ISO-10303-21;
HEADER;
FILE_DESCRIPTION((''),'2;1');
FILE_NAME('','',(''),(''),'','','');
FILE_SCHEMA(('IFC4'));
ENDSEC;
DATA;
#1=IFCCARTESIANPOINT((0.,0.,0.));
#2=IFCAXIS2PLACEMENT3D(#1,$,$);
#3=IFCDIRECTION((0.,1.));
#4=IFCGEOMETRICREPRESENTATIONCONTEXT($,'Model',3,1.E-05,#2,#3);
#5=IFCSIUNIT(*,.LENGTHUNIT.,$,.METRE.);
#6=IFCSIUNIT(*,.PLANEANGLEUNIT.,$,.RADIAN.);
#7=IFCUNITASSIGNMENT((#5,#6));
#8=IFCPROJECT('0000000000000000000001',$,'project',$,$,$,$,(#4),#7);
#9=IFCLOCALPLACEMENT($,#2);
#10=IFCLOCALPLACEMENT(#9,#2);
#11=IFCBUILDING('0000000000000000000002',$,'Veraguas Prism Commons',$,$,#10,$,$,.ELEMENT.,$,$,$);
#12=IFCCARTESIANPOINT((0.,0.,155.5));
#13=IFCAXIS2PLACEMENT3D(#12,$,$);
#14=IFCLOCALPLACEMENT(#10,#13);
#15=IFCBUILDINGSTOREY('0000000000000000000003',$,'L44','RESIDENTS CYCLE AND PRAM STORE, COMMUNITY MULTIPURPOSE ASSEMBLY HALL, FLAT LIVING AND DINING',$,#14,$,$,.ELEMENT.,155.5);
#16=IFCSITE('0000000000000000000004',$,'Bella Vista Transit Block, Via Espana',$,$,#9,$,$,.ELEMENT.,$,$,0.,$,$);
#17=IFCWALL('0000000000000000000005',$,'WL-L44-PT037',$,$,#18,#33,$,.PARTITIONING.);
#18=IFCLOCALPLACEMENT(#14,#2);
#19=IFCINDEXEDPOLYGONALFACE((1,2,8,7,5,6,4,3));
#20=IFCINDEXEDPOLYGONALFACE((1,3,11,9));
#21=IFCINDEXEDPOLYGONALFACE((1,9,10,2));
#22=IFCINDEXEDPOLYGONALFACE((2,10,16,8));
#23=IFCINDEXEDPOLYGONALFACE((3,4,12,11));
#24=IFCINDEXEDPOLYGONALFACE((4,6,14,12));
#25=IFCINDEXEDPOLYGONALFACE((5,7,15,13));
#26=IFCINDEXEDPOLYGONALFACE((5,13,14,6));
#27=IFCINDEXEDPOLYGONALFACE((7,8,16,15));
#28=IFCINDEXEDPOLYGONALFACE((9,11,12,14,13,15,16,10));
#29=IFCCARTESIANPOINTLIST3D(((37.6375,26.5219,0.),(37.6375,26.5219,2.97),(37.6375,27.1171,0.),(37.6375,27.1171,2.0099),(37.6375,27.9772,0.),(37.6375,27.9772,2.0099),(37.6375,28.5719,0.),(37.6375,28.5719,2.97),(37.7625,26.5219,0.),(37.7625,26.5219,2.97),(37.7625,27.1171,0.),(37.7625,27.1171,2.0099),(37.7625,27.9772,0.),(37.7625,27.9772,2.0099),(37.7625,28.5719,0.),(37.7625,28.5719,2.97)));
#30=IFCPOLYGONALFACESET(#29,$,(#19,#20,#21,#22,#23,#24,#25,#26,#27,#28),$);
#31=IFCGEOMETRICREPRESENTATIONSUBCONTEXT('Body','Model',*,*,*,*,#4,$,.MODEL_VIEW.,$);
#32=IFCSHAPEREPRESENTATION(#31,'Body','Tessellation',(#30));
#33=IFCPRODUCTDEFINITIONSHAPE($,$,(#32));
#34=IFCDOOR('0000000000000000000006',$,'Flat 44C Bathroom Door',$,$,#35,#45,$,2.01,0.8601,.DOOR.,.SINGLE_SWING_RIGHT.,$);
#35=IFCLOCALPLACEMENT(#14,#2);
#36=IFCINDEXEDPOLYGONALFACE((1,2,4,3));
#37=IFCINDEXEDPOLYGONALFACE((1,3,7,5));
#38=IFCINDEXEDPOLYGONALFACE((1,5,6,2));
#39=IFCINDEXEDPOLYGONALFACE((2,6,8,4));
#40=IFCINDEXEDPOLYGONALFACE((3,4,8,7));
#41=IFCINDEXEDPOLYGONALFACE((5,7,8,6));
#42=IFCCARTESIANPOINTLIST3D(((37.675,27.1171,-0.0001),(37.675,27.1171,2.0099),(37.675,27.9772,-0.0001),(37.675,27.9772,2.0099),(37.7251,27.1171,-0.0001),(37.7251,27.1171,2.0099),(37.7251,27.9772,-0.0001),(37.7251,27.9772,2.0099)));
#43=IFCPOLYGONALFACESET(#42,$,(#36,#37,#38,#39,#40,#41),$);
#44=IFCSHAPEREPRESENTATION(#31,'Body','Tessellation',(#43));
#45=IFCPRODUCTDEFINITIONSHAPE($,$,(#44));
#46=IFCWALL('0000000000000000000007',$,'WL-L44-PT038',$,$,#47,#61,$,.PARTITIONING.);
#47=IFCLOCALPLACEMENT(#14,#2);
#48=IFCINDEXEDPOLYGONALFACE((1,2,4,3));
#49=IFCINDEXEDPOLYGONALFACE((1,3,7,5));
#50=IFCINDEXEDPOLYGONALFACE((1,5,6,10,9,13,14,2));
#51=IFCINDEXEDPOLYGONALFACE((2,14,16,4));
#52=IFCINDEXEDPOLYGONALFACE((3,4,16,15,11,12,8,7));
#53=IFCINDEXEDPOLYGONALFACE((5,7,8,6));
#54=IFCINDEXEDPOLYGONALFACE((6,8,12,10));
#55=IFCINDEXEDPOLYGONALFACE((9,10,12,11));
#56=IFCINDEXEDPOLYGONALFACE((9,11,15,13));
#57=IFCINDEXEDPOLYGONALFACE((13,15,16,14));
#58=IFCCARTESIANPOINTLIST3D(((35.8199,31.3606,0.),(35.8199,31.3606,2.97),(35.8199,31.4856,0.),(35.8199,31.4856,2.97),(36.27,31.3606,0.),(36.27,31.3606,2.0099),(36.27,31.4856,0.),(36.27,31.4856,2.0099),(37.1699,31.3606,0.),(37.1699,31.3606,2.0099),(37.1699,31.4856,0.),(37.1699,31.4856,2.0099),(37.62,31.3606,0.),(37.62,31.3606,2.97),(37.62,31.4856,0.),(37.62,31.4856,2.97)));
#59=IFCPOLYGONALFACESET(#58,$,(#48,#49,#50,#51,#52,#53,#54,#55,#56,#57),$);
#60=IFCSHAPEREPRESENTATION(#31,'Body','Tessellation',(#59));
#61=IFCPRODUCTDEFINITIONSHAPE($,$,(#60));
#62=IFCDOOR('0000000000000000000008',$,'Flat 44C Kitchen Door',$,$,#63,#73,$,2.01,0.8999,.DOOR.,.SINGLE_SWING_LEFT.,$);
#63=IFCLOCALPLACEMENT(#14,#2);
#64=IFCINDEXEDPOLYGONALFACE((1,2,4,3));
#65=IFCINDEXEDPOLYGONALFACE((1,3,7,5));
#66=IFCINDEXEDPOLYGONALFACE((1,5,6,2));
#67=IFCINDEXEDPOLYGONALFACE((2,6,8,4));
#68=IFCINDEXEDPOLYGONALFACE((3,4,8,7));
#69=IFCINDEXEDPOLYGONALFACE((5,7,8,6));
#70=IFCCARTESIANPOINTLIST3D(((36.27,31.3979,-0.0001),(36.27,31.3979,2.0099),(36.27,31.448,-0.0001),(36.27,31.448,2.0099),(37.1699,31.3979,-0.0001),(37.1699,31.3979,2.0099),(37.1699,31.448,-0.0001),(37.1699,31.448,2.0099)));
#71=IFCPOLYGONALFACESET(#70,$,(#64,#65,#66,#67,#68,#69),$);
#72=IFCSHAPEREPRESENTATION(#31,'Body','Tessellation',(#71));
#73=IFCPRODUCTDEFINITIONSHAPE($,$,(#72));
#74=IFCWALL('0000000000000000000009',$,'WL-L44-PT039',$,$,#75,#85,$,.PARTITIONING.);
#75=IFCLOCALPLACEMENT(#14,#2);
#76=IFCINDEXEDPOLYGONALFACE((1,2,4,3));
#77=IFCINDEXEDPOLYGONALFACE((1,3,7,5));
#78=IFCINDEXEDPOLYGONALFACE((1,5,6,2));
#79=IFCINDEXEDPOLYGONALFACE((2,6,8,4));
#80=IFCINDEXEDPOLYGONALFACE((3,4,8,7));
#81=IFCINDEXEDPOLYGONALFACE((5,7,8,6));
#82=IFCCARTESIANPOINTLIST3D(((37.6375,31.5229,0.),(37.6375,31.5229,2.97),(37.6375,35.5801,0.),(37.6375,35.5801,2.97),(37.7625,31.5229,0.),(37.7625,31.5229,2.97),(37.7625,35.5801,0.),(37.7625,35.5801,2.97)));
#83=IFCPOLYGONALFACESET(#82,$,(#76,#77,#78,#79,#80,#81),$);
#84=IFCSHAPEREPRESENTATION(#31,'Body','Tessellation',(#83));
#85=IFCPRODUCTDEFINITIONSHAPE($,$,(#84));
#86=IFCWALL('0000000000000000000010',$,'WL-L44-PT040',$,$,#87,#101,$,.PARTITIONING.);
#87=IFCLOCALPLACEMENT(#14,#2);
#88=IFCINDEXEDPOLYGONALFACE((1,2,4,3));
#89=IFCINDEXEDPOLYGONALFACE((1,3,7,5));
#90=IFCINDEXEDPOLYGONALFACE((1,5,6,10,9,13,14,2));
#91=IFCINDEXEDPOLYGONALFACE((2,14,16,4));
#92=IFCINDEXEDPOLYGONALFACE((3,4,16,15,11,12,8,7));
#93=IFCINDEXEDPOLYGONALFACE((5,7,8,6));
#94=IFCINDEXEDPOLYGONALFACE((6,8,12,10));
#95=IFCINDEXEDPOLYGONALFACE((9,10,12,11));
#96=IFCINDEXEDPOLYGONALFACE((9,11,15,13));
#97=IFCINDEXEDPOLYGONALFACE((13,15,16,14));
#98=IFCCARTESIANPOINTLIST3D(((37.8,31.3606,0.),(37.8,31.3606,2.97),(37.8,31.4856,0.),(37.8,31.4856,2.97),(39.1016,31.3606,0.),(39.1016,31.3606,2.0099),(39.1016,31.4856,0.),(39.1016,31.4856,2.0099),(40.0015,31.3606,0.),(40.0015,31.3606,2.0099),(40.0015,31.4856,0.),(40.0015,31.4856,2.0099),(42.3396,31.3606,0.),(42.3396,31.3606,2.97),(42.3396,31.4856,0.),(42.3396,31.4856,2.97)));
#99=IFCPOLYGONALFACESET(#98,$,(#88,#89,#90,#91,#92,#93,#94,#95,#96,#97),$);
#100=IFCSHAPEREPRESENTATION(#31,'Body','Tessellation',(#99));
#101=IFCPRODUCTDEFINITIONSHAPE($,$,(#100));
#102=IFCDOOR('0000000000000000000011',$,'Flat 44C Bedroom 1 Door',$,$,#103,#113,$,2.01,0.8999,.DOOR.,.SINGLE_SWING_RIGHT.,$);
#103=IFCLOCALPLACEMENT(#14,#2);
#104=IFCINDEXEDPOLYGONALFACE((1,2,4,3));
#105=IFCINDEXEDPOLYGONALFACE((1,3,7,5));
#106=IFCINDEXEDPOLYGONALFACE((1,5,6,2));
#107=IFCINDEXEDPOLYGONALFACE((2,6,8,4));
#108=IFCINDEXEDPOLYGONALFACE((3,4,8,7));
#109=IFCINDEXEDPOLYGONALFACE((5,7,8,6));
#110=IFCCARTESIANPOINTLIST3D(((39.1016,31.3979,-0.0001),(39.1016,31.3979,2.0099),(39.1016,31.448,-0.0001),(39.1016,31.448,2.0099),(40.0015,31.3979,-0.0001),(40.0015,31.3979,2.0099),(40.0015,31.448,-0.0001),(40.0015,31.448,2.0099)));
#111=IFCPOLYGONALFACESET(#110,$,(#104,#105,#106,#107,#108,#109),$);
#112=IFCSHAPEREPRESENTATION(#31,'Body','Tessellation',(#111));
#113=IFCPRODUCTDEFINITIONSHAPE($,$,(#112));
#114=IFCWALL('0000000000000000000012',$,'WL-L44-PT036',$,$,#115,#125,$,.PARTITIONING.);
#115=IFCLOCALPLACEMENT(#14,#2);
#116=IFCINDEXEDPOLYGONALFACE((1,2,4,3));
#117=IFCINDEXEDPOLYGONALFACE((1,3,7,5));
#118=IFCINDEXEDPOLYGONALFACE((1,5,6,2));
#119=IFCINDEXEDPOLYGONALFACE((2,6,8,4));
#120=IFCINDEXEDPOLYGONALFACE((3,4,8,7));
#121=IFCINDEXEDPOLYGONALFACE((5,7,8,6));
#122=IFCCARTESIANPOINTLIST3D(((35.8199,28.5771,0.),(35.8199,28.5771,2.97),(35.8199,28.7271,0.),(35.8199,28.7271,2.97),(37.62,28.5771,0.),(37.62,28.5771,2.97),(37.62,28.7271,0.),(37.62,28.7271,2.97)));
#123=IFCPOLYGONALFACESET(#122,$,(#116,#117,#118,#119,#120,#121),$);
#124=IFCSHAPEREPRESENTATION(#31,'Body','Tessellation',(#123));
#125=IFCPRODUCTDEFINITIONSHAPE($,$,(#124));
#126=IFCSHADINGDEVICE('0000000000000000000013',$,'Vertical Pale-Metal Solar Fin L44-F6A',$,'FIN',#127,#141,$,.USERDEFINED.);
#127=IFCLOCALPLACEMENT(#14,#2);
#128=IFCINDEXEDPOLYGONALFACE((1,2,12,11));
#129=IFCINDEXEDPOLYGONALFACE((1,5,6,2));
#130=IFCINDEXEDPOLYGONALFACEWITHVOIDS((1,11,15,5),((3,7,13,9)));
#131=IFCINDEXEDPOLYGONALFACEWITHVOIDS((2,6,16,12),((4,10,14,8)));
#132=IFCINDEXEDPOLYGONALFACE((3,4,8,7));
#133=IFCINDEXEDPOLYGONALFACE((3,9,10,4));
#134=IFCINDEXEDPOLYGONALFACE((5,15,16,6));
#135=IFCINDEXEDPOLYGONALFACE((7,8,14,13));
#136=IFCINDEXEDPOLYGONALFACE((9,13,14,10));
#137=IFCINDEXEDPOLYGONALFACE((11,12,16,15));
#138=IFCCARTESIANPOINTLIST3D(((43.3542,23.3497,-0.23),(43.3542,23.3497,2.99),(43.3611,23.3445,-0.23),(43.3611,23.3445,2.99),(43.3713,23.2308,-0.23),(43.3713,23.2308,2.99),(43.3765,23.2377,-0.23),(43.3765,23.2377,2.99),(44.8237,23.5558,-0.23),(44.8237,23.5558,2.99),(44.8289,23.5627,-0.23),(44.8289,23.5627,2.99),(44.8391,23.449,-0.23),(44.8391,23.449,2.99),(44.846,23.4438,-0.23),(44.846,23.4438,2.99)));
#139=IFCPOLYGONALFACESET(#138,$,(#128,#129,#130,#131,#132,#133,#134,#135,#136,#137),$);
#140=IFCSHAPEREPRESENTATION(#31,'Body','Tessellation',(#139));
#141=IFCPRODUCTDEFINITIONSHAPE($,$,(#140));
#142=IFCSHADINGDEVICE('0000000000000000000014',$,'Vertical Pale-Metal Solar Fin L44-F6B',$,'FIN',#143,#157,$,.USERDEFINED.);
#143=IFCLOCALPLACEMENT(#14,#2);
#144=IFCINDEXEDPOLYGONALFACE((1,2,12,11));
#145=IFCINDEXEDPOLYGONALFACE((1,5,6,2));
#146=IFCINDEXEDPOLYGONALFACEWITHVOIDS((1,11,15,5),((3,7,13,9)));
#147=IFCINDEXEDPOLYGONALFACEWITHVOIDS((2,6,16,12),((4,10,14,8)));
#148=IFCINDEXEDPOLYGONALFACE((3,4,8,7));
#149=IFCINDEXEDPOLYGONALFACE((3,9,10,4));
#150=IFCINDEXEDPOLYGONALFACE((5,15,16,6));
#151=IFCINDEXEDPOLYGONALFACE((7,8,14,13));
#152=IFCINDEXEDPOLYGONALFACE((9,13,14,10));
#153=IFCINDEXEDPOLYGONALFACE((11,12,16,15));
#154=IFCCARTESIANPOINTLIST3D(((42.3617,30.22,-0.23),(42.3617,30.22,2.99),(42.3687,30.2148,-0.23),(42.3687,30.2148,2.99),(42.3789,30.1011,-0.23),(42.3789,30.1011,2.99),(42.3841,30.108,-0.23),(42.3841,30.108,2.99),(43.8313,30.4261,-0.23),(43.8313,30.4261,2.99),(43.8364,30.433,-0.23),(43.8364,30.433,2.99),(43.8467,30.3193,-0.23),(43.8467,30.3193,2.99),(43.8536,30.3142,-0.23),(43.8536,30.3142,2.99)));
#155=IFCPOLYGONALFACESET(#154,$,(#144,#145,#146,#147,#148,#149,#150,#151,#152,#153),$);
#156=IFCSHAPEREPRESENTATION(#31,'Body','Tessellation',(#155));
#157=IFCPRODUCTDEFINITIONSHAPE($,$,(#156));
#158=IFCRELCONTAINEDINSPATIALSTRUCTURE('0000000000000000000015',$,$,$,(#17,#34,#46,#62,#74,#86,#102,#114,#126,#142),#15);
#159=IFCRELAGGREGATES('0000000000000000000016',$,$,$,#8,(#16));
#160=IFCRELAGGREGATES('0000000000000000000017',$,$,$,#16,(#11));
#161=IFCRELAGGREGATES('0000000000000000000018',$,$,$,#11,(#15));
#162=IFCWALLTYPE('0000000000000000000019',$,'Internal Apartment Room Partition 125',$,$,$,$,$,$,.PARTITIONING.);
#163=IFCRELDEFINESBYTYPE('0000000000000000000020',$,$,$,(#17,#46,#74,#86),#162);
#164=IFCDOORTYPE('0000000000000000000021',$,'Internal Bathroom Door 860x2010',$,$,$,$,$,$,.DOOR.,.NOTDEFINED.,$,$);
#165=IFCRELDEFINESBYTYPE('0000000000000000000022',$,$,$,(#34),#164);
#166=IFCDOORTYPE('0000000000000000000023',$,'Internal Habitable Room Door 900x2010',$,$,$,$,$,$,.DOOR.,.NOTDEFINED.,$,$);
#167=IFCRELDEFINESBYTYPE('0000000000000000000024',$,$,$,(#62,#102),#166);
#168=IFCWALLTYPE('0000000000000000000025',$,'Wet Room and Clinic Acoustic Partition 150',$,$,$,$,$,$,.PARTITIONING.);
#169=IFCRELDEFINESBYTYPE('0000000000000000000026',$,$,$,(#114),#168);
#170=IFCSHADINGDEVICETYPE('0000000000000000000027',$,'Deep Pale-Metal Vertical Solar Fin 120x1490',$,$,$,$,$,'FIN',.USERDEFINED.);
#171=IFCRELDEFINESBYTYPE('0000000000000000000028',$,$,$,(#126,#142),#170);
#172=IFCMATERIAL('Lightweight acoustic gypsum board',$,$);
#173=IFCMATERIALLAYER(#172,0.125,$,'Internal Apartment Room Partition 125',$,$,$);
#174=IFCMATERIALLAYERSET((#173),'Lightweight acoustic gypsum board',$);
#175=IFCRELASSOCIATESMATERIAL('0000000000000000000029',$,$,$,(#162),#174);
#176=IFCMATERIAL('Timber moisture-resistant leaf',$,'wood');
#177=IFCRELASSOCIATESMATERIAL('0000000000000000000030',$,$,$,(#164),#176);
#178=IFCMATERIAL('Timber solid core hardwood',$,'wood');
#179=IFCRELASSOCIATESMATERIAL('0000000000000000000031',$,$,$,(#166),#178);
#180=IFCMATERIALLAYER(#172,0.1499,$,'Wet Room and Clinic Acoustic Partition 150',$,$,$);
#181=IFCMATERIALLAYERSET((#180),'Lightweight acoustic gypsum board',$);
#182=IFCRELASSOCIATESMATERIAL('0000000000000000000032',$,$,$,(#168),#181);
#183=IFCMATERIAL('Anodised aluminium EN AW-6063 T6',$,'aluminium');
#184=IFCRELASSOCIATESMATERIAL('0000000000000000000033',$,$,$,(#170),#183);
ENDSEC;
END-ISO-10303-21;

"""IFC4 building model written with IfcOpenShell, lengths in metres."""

from ifc_helpers import new_model, si_unit, direction, frame, frame_2d, origin, origin_2d, place, context, subcontext, project, spatial, rectangle, hollow_rectangle, extrude, source, transform, mapped, material, layer, layer_set, material_profile, profile_set, type_object, element, fill, save


model = new_model("IFC4")

# Units and contexts
model_context = context("Model", 3, precision=1e-05, world=origin(), true_north=direction((0.0, 1.0)))
body_context = subcontext(model_context, "Body", "Model", "MODEL_VIEW")
ifc_project = project(units=[si_unit("LENGTHUNIT", "METRE"), si_unit("PLANEANGLEUNIT", "RADIAN")], contexts=[model_context])

# Site, building, storey
site_placement = place(None, origin())
site = spatial("IfcSite", under=ifc_project, at=site_placement, Name="Bella Vista Transit Block, Via Espana", CompositionType="ELEMENT", RefElevation=0.0)
building_placement = place(site_placement, origin())
building = spatial("IfcBuilding", under=site, at=building_placement, Name="Veraguas Prism Commons", CompositionType="ELEMENT")
storey_placement = place(building_placement, frame((0.0, 0.0, 155.5)))
storey = spatial("IfcBuildingStorey", under=building, at=storey_placement, Name="L44", Description="RESIDENTS CYCLE AND PRAM STORE, COMMUNITY MULTIPURPOSE ASSEMBLY HALL, FLAT LIVING AND DINING", CompositionType="ELEMENT", Elevation=155.5)

# Shared definitions
ifc_material_1 = material(Name="Anodised aluminium EN AW-6063 T6", Category="aluminium")

# Walls, openings, doors
ifc_material_2 = material(Name="Lightweight acoustic gypsum board")
ifc_layer_1 = layer(ifc_material_2, 0.125, Name="Internal Apartment Room Partition 125")
ifc_layer_set_1 = layer_set([ifc_layer_1], Name="Lightweight acoustic gypsum board")
wall_type_1 = type_object("IfcWallType", Name="Internal Apartment Room Partition 125", PredefinedType="PARTITIONING", material=ifc_layer_set_1)
wall_1_placement = place(storey_placement, frame((37.7, 26.522, 0.0), z_axis=(0.0, 0.0, 1.0), x_axis=(0.0, 1.0, 0.0)))
wall_1 = element("IfcWall", 1, at=wall_1_placement, inside=storey, type_object=wall_type_1, Name="WL-L44-PT037", PredefinedType="PARTITIONING", context=body_context, shape_type="SweptSolid", body=[
    extrude(rectangle(XDim=2.05, YDim=0.125, at=frame_2d((1.0249, 0.0))), origin(), (0.0, 0.0, 1.0), 2.97),
])
opening_1_placement = place(wall_1_placement, frame((0.595, 0.0, 0.0)))
opening_1 = element("IfcOpeningElement", 2, at=opening_1_placement, cuts=wall_1, PredefinedType="OPENING", context=body_context, shape_type="SweptSolid", body=[
    extrude(rectangle(XDim=0.8601, YDim=2.01, at=frame_2d((0.4302, 1.0049))), frame((0.0, 0.0725, 0.0), z_axis=(0.0, -1.0, 0.0), x_axis=(1.0, 0.0, 0.0)), (0.0, 0.0, 1.0), 0.145),
])
ifc_material_3 = material(Name="Timber moisture-resistant leaf", Category="wood")
door_type_1 = type_object("IfcDoorType", Name="Internal Bathroom Door 860x2010", OperationType="NOTDEFINED", PredefinedType="DOOR", material=ifc_material_3)
shared_shape_1 = source(origin(), body_context, "Body", "SweptSolid", [
    extrude(rectangle(XDim=0.8601, YDim=2.01, at=frame_2d((0.4302, 1.0049))), frame((0.0, 0.0249, 0.0), z_axis=(0.0, -1.0, 0.0), x_axis=(1.0, 0.0, 0.0)), (0.0, 0.0, 1.0), 0.05),
])
door_1_placement = place(opening_1_placement, origin())
door_1 = element("IfcDoor", 3, at=door_1_placement, inside=storey, type_object=door_type_1, Name="Flat 44C Bathroom Door", OperationType="SINGLE_SWING_RIGHT", OverallHeight=2.01, OverallWidth=0.8601, PredefinedType="DOOR", context=body_context, shape_type="MappedRepresentation", body=[
    mapped(shared_shape_1, transform((0.0, 0.0, 0.0), scale=1.0)),
])
fill(opening_1, door_1)
wall_2_placement = place(storey_placement, frame((35.8201, 31.4231, 0.0), z_axis=(0.0, 0.0, 1.0), x_axis=(1.0, 0.0, 0.0)))
wall_2 = element("IfcWall", 4, at=wall_2_placement, inside=storey, type_object=wall_type_1, Name="WL-L44-PT038", PredefinedType="PARTITIONING", context=body_context, shape_type="SweptSolid", body=[
    extrude(rectangle(XDim=1.8, YDim=0.125, at=frame_2d((0.8999, 0.0))), origin(), (0.0, 0.0, 1.0), 2.97),
])
opening_2_placement = place(wall_2_placement, frame((0.45, 0.0, 0.0)))
opening_2 = element("IfcOpeningElement", 5, at=opening_2_placement, cuts=wall_2, PredefinedType="OPENING", context=body_context, shape_type="SweptSolid", body=[
    extrude(rectangle(XDim=0.8999, YDim=2.01, at=frame_2d((0.45, 1.0049))), frame((0.0, 0.0725, 0.0), z_axis=(0.0, -1.0, 0.0), x_axis=(1.0, 0.0, 0.0)), (0.0, 0.0, 1.0), 0.145),
])
ifc_material_4 = material(Name="Timber solid core hardwood", Category="wood")
door_type_2 = type_object("IfcDoorType", Name="Internal Habitable Room Door 900x2010", OperationType="NOTDEFINED", PredefinedType="DOOR", material=ifc_material_4)
shared_shape_2 = source(origin(), body_context, "Body", "SweptSolid", [
    extrude(rectangle(XDim=0.8999, YDim=2.01, at=frame_2d((0.45, 1.0049))), frame((0.0, 0.0249, 0.0), z_axis=(0.0, -1.0, 0.0), x_axis=(1.0, 0.0, 0.0)), (0.0, 0.0, 1.0), 0.05),
])
door_2_placement = place(opening_2_placement, origin())
door_2 = element("IfcDoor", 6, at=door_2_placement, inside=storey, type_object=door_type_2, Name="Flat 44C Kitchen Door", OperationType="SINGLE_SWING_LEFT", OverallHeight=2.01, OverallWidth=0.8999, PredefinedType="DOOR", context=body_context, shape_type="MappedRepresentation", body=[
    mapped(shared_shape_2, transform((0.0, 0.0, 0.0), scale=1.0)),
])
fill(opening_2, door_2)

# Wall
wall_3_placement = place(storey_placement, frame((37.7, 31.5229, 0.0), z_axis=(0.0, 0.0, 1.0), x_axis=(0.0, 1.0, 0.0)))
element("IfcWall", 7, at=wall_3_placement, inside=storey, type_object=wall_type_1, Name="WL-L44-PT039", PredefinedType="PARTITIONING", context=body_context, shape_type="SweptSolid", body=[
    extrude(rectangle(XDim=4.0571, YDim=0.125, at=frame_2d((2.0286, 0.0))), origin(), (0.0, 0.0, 1.0), 2.97),
])

# Wall, opening, door
wall_4_placement = place(storey_placement, frame((37.8, 31.4231, 0.0), z_axis=(0.0, 0.0, 1.0), x_axis=(1.0, 0.0, 0.0)))
wall_4 = element("IfcWall", 8, at=wall_4_placement, inside=storey, type_object=wall_type_1, Name="WL-L44-PT040", PredefinedType="PARTITIONING", context=body_context, shape_type="SweptSolid", body=[
    extrude(rectangle(XDim=4.5396, YDim=0.125, at=frame_2d((2.2698, 0.0))), origin(), (0.0, 0.0, 1.0), 2.97),
])
opening_3_placement = place(wall_4_placement, frame((1.3015, 0.0, 0.0)))
opening_3 = element("IfcOpeningElement", 9, at=opening_3_placement, cuts=wall_4, PredefinedType="OPENING", context=body_context, shape_type="SweptSolid", body=[
    extrude(rectangle(XDim=0.8999, YDim=2.01, at=frame_2d((0.45, 1.0049))), frame((0.0, 0.0725, 0.0), z_axis=(0.0, -1.0, 0.0), x_axis=(1.0, 0.0, 0.0)), (0.0, 0.0, 1.0), 0.145),
])
door_3_placement = place(opening_3_placement, origin())
door_3 = element("IfcDoor", 10, at=door_3_placement, inside=storey, type_object=door_type_2, Name="Flat 44C Bedroom 1 Door", OperationType="SINGLE_SWING_RIGHT", OverallHeight=2.01, OverallWidth=0.8999, PredefinedType="DOOR", context=body_context, shape_type="MappedRepresentation", body=[
    mapped(shared_shape_2, transform((0.0, 0.0, 0.0), scale=1.0)),
])
fill(opening_3, door_3)

# Wall
ifc_layer_2 = layer(ifc_material_2, 0.1499, Name="Wet Room and Clinic Acoustic Partition 150")
ifc_layer_set_2 = layer_set([ifc_layer_2], Name="Lightweight acoustic gypsum board")
wall_type_2 = type_object("IfcWallType", Name="Wet Room and Clinic Acoustic Partition 150", PredefinedType="PARTITIONING", material=ifc_layer_set_2)
wall_5_placement = place(storey_placement, frame((35.8201, 28.6521, 0.0), z_axis=(0.0, 0.0, 1.0), x_axis=(1.0, 0.0, 0.0)))
element("IfcWall", 11, at=wall_5_placement, inside=storey, type_object=wall_type_2, Name="WL-L44-PT036", PredefinedType="PARTITIONING", context=body_context, shape_type="SweptSolid", body=[
    extrude(rectangle(XDim=1.8, YDim=0.1499, at=frame_2d((0.8999, 0.0))), origin(), (0.0, 0.0, 1.0), 2.97),
])

# Shading devices
ifc_material_profile_1 = material_profile(ifc_material_1, hollow_rectangle(XDim=0.1201, YDim=1.49, WallThickness=0.0061, at=origin_2d()), Name="FIN120X1490X6")
ifc_profile_set_1 = profile_set([ifc_material_profile_1], Name="Anodised aluminium EN AW-6063 T6")
shading_device_type = type_object("IfcShadingDeviceType", Name="Deep Pale-Metal Vertical Solar Fin 120x1490", ElementType="FIN", PredefinedType="USERDEFINED", material=ifc_profile_set_1)
for number, where, z_axis, x_axis, name in (
    (12, (44.1001, 23.3967, -0.23), (0.0, 0.0, 1.0), (-0.142973, 0.989727, 0.0), "Vertical Pale-Metal Solar Fin L44-F6A"),
    (13, (43.1077, 30.2671, -0.23), (0.0, 0.0, 1.0), (-0.142973, 0.989727, 0.0), "Vertical Pale-Metal Solar Fin L44-F6B"),
):
    element("IfcShadingDevice", number, at=place(storey_placement, frame(where, z_axis=z_axis, x_axis=x_axis)), inside=storey, type_object=shading_device_type, Name=name, ObjectType="FIN", PredefinedType="USERDEFINED", context=body_context, shape_type="SweptSolid", body=[
        extrude(hollow_rectangle(XDim=0.1201, YDim=1.49, WallThickness=0.0061, at=origin_2d()), origin(), (0.0, 0.0, 1.0), 3.22),
    ])

save(model, "model.ifc")
